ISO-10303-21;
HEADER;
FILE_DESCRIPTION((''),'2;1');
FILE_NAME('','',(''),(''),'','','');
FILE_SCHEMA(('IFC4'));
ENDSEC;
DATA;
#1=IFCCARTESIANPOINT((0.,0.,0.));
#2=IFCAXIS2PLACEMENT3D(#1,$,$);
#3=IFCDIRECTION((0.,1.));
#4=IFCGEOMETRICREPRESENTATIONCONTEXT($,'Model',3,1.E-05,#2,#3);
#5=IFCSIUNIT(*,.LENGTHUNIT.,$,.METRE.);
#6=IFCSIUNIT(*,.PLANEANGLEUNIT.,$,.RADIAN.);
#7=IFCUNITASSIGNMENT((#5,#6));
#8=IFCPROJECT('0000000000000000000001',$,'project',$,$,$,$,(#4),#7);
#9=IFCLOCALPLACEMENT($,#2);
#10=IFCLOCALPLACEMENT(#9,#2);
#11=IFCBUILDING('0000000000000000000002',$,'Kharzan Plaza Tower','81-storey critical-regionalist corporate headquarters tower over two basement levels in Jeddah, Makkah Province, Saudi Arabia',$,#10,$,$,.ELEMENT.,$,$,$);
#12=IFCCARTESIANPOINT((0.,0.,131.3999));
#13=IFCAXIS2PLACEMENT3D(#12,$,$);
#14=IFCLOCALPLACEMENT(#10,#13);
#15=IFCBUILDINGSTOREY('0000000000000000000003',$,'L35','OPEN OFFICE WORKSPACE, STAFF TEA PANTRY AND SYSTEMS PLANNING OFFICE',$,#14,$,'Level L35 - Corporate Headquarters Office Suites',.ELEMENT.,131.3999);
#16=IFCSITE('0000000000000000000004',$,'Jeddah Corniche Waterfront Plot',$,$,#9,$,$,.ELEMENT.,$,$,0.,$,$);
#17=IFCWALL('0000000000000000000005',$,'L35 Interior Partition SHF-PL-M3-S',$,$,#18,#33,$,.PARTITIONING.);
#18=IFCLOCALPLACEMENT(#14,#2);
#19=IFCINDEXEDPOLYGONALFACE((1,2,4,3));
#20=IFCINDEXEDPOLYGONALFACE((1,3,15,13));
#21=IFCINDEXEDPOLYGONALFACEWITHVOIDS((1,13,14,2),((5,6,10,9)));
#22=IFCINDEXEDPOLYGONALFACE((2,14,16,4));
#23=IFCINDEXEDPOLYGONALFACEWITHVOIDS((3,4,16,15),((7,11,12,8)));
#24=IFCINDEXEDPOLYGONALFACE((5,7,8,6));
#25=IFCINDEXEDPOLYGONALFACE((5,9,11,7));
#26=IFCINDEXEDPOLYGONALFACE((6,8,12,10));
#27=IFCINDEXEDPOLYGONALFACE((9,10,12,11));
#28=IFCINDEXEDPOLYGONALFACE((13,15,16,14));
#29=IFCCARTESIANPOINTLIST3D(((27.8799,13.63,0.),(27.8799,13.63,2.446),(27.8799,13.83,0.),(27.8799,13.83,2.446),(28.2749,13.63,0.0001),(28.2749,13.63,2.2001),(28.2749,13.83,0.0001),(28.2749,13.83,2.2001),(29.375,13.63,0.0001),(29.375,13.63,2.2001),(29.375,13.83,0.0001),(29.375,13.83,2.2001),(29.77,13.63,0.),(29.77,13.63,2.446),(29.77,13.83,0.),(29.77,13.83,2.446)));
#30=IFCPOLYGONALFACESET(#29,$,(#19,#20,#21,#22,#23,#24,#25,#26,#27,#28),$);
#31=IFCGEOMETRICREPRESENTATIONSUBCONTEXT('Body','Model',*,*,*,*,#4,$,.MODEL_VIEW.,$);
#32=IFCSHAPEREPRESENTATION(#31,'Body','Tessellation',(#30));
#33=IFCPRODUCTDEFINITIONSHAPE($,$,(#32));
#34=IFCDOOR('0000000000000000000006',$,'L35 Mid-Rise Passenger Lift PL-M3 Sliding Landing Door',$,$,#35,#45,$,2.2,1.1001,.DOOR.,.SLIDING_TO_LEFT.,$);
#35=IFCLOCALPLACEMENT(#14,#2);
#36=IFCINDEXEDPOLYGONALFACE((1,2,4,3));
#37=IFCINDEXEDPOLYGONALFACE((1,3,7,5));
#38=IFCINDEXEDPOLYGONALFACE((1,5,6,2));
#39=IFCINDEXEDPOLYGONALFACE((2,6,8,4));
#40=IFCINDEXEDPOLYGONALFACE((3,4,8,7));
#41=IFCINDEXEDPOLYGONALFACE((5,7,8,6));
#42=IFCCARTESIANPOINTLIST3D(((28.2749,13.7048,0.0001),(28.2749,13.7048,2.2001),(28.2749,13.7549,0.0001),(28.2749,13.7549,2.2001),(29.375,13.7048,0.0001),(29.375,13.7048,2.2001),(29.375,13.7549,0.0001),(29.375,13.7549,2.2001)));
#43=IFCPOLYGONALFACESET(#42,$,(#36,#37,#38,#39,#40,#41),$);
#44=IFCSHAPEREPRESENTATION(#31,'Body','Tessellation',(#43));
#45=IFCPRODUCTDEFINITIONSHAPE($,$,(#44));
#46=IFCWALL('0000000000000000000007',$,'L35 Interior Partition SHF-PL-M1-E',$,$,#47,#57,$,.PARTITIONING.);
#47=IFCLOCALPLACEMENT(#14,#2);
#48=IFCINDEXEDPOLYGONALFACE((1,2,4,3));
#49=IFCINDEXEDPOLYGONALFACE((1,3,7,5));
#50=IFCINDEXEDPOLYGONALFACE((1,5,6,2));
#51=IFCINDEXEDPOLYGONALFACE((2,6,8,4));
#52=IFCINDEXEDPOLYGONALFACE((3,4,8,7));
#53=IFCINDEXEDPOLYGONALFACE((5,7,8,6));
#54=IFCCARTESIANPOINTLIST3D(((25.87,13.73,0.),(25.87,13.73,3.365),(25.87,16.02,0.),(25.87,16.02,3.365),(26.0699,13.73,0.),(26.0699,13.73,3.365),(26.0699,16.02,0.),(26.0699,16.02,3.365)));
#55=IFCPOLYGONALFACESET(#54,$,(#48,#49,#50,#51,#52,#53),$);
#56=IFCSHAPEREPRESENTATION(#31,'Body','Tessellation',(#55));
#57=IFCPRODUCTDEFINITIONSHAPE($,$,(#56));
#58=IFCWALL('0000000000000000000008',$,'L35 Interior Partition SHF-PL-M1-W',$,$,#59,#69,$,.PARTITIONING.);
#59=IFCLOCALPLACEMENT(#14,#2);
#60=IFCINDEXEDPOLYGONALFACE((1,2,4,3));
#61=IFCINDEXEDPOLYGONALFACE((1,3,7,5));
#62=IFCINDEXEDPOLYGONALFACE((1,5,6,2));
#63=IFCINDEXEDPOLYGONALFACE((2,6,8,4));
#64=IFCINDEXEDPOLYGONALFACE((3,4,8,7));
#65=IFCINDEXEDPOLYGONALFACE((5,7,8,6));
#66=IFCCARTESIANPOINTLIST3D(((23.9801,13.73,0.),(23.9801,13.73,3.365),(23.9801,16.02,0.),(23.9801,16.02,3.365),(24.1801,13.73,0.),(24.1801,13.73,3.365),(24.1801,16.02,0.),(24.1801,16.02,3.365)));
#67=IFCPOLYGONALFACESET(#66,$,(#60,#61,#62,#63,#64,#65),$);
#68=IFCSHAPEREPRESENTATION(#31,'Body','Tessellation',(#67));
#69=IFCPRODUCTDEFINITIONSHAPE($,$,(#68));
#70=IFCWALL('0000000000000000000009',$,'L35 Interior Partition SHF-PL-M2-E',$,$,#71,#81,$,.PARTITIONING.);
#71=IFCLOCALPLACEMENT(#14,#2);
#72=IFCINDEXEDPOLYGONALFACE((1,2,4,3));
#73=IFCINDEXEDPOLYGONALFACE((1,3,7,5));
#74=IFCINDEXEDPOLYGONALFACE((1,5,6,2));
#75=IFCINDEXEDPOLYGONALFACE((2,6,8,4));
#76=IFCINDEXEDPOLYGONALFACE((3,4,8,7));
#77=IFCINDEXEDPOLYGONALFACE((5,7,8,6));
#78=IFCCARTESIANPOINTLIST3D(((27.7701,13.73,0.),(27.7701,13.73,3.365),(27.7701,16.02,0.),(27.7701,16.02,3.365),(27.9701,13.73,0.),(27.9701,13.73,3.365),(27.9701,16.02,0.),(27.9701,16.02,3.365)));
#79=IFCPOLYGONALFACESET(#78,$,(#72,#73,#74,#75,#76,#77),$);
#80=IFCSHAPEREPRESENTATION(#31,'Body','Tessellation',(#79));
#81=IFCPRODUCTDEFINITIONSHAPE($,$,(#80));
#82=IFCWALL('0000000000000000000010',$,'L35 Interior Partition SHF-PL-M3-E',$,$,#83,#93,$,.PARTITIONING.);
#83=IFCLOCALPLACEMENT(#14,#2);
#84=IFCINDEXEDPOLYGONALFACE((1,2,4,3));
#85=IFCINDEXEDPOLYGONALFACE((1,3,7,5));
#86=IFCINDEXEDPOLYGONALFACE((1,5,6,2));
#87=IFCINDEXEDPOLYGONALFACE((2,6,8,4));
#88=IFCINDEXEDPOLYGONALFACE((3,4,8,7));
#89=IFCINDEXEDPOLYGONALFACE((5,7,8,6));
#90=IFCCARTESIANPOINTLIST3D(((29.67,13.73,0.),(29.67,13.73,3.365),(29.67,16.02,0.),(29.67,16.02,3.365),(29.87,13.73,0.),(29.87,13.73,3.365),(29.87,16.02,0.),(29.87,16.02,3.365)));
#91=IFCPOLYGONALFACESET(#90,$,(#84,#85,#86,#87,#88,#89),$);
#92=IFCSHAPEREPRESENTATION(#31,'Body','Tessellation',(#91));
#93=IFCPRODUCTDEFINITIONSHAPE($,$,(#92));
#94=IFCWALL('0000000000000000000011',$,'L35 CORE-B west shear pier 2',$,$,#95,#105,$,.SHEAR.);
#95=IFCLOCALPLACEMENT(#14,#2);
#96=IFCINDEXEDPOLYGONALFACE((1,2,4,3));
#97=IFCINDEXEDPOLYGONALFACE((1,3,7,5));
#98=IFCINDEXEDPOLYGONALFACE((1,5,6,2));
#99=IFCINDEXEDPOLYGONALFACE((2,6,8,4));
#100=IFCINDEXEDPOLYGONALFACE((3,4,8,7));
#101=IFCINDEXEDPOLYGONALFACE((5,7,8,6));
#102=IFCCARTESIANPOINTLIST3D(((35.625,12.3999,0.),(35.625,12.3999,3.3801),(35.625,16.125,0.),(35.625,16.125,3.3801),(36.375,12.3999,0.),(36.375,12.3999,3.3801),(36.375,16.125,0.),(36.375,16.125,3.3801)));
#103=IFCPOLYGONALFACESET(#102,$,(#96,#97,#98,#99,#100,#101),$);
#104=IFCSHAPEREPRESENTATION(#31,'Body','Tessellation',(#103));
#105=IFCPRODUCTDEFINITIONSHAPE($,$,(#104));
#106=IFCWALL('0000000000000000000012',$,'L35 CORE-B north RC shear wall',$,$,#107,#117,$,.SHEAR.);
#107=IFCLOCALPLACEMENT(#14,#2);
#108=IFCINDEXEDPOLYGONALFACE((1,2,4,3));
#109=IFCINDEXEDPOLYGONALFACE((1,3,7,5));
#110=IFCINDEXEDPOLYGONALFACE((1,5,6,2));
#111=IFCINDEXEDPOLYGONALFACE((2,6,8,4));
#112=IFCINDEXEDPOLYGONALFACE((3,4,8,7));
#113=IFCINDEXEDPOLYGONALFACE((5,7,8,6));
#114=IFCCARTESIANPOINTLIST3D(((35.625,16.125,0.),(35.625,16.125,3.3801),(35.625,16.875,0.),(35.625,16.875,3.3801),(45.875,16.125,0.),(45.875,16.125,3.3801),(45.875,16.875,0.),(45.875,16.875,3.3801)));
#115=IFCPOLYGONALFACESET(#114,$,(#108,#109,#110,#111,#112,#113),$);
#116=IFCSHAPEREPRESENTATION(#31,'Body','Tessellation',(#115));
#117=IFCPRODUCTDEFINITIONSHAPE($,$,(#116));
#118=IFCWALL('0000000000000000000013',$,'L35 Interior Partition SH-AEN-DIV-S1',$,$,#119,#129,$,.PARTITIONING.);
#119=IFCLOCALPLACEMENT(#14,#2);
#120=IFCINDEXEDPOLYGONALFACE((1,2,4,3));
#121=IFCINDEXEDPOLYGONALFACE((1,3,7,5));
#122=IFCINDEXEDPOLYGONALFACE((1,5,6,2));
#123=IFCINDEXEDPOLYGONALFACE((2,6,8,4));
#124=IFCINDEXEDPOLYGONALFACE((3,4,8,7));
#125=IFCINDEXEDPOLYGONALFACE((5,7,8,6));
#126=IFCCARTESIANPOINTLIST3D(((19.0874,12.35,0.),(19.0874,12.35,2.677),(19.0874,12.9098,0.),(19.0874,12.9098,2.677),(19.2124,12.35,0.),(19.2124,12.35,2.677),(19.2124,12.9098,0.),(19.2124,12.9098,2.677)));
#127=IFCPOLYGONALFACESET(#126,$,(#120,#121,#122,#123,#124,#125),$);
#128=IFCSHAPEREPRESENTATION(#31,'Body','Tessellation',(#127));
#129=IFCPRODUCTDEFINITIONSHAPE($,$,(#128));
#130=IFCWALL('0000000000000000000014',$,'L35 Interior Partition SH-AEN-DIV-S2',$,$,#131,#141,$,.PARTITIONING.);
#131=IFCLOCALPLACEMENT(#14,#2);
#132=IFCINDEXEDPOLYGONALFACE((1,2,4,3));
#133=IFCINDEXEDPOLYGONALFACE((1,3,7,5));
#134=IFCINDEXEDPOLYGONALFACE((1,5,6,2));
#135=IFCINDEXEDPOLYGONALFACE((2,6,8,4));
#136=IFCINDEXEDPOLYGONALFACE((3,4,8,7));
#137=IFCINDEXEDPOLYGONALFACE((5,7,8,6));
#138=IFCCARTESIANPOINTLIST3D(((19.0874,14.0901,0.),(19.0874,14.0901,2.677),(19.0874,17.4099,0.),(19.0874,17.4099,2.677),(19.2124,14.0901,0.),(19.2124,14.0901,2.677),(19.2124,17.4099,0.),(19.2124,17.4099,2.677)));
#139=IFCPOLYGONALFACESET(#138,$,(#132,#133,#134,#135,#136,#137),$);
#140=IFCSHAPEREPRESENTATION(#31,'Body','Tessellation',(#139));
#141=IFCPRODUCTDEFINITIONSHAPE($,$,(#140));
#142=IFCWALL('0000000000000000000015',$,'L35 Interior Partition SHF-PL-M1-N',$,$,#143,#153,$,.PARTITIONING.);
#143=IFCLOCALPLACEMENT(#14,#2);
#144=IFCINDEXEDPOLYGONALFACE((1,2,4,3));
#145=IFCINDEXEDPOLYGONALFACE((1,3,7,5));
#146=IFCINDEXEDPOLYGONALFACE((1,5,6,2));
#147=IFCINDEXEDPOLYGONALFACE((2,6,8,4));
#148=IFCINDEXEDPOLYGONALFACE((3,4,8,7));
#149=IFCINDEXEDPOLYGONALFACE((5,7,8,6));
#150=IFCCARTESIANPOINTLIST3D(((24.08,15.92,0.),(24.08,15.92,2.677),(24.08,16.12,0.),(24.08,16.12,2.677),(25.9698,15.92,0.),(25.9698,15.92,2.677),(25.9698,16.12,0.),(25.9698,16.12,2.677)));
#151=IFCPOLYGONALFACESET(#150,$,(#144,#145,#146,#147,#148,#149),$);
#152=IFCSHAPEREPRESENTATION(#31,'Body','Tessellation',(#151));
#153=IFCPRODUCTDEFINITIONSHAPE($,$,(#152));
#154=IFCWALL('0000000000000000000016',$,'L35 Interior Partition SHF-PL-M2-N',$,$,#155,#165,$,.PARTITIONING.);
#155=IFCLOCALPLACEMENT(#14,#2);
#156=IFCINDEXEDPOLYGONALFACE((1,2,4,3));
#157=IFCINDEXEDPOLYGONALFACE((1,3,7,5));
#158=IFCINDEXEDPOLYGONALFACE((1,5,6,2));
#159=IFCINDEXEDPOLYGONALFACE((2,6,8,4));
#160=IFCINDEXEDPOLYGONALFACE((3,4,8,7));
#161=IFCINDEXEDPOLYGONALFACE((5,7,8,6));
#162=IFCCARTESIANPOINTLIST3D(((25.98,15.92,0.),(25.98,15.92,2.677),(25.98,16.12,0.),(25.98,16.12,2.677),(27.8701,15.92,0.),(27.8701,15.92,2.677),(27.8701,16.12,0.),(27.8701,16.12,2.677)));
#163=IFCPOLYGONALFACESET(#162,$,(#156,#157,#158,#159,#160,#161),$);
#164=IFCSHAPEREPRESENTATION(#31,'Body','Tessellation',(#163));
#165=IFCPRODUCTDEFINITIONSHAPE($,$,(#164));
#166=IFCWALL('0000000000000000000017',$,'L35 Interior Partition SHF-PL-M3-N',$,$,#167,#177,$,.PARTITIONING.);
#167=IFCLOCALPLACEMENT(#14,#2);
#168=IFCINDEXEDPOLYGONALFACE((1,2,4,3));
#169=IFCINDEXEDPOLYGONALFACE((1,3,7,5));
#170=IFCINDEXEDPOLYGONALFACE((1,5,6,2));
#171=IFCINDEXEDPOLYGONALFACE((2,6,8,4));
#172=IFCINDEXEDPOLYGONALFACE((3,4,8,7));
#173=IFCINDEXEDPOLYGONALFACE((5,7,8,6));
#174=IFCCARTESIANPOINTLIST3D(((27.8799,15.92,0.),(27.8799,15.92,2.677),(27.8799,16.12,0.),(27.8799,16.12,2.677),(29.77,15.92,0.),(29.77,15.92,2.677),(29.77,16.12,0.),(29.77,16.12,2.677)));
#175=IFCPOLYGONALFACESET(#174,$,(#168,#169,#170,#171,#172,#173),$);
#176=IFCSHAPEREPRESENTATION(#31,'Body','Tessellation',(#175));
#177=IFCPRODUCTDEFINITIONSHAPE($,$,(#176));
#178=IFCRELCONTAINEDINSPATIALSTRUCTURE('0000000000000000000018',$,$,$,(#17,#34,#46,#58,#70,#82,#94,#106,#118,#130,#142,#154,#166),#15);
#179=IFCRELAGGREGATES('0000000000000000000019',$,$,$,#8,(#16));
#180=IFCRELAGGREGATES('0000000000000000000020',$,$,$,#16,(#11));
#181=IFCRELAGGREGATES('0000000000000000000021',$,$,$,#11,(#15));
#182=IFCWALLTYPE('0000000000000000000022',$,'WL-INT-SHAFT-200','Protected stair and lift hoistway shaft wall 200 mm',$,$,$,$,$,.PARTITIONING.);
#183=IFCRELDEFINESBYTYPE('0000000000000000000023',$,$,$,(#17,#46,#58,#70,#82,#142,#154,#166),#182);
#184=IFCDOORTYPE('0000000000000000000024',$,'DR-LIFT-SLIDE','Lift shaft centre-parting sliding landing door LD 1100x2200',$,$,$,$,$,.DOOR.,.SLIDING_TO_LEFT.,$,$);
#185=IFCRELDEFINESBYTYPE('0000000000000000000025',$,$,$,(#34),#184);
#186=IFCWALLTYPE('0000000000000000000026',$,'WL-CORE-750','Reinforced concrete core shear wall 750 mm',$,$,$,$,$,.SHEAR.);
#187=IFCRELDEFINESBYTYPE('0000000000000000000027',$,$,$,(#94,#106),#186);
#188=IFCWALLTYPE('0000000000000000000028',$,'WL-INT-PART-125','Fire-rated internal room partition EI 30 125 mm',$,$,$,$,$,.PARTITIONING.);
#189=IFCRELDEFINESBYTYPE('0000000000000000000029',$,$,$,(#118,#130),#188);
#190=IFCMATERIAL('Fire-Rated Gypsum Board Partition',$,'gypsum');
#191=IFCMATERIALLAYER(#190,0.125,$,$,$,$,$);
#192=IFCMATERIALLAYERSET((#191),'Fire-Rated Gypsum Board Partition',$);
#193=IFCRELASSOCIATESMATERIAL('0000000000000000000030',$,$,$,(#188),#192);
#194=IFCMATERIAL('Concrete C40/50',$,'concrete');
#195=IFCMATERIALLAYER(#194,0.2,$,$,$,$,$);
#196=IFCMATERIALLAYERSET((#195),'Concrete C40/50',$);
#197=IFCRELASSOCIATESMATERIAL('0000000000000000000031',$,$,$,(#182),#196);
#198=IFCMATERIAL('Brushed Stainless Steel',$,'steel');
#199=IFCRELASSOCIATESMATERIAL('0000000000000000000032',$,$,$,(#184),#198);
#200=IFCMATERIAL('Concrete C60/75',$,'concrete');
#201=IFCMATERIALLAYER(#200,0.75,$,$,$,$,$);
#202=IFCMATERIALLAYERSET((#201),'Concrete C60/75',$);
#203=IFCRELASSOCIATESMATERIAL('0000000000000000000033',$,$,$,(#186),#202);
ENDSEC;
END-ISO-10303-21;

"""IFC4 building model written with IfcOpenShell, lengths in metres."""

from ifc_helpers import new_model, si_unit, direction, frame, frame_2d, origin, place, context, subcontext, project, spatial, rectangle, extrude, source, transform, mapped, material, layer, layer_set, type_object, element, fill, save


model = new_model("IFC4")

# Units and contexts
model_context = context("Model", 3, precision=1e-05, world=origin(), true_north=direction((0.0, 1.0)))
body_context = subcontext(model_context, "Body", "Model", "MODEL_VIEW")
ifc_project = project(units=[si_unit("LENGTHUNIT", "METRE"), si_unit("PLANEANGLEUNIT", "RADIAN")], contexts=[model_context])

# Site, building, storey
site_placement = place(None, origin())
site = spatial("IfcSite", under=ifc_project, at=site_placement, Name="Jeddah Corniche Waterfront Plot", CompositionType="ELEMENT", RefElevation=0.0)
building_placement = place(site_placement, origin())
building = spatial("IfcBuilding", under=site, at=building_placement, Name="Kharzan Plaza Tower", Description="81-storey critical-regionalist corporate headquarters tower over two basement levels in Jeddah, Makkah Province, Saudi Arabia", CompositionType="ELEMENT")
storey_placement = place(building_placement, frame((0.0, 0.0, 131.3999)))
storey = spatial("IfcBuildingStorey", under=building, at=storey_placement, Name="L35", Description="OPEN OFFICE WORKSPACE, STAFF TEA PANTRY AND SYSTEMS PLANNING OFFICE", LongName="Level L35 - Corporate Headquarters Office Suites", CompositionType="ELEMENT", Elevation=131.3999)

# Shared definitions
ifc_material_1 = material(Name="Concrete C60/75", Category="concrete")

# Wall, opening, door
ifc_material_2 = material(Name="Fire-Rated Gypsum Board Partition", Category="gypsum")
ifc_layer_1 = layer(ifc_material_2, 0.125)
ifc_layer_set_1 = layer_set([ifc_layer_1], Name="Fire-Rated Gypsum Board Partition")
wall_type_1 = type_object("IfcWallType", Name="WL-INT-PART-125", Description="Fire-rated internal room partition EI 30 125 mm", PredefinedType="PARTITIONING", material=ifc_layer_set_1)
ifc_material_3 = material(Name="Concrete C40/50", Category="concrete")
ifc_layer_2 = layer(ifc_material_3, 0.2)
ifc_layer_set_2 = layer_set([ifc_layer_2], Name="Concrete C40/50")
wall_type_2 = type_object("IfcWallType", Name="WL-INT-SHAFT-200", Description="Protected stair and lift hoistway shaft wall 200 mm", PredefinedType="PARTITIONING", material=ifc_layer_set_2)
ifc_material_4 = material(Name="Brushed Stainless Steel", Category="steel")
door_type_1 = type_object("IfcDoorType", Name="DR-LIFT-SLIDE", Description="Lift shaft centre-parting sliding landing door LD 1100x2200", OperationType="SLIDING_TO_LEFT", PredefinedType="DOOR", material=ifc_material_4)
shared_shape_1 = source(origin(), body_context, "Body", "SweptSolid", [
    extrude(rectangle(XDim=1.1001, YDim=2.2, at=frame_2d((0.55, 1.1001))), frame((0.0, 0.0249, 0.0), z_axis=(0.0, -1.0, 0.0), x_axis=(1.0, 0.0, 0.0)), (0.0, 0.0, 1.0), 0.05),
])
wall_1_placement = place(storey_placement, frame((27.8799, 13.73, 0.0), z_axis=(0.0, 0.0, 1.0), x_axis=(1.0, 0.0, 0.0)))
wall_1 = element("IfcWall", 1, at=wall_1_placement, inside=storey, type_object=wall_type_2, Name="L35 Interior Partition SHF-PL-M3-S", PredefinedType="PARTITIONING", context=body_context, shape_type="SweptSolid", body=[
    extrude(rectangle(XDim=1.8901, YDim=0.2, at=frame_2d((0.9451, 0.0))), origin(), (0.0, 0.0, 1.0), 2.446),
])
opening_1_placement = place(wall_1_placement, frame((0.395, 0.0, 0.0)))
opening_1 = element("IfcOpeningElement", 2, at=opening_1_placement, cuts=wall_1, PredefinedType="OPENING", context=body_context, shape_type="SweptSolid", body=[
    extrude(rectangle(XDim=1.1001, YDim=2.2, at=frame_2d((0.55, 1.1001))), frame((0.0, 0.1099, 0.0), z_axis=(0.0, -1.0, 0.0), x_axis=(1.0, 0.0, 0.0)), (0.0, 0.0, 1.0), 0.22),
])
door_1_placement = place(opening_1_placement, origin())
door_1 = element("IfcDoor", 3, at=door_1_placement, inside=storey, type_object=door_type_1, Name="L35 Mid-Rise Passenger Lift PL-M3 Sliding Landing Door", OperationType="SLIDING_TO_LEFT", OverallHeight=2.2, OverallWidth=1.1001, PredefinedType="DOOR", context=body_context, shape_type="MappedRepresentation", body=[
    mapped(shared_shape_1, transform((0.0, 0.0, 0.0), x_axis=(1.0, 0.0, 0.0), y_axis=(0.0, 1.0, 0.0), z_axis=(0.0, 0.0, 1.0))),
])
fill(opening_1, door_1)

# Walls
shared_shape_2 = source(origin(), body_context, "Body", "SweptSolid", [
    extrude(rectangle(XDim=2.29, YDim=0.2, at=frame_2d((1.145, 0.0))), origin(), (0.0, 0.0, 1.0), 3.365),
])
for number, where, z_axis, x_axis, name in (
    (4, (25.97, 13.73, 0.0), (0.0, 0.0, 1.0), (0.0, 1.0, 0.0), "L35 Interior Partition SHF-PL-M1-E"),
    (5, (24.0801, 13.73, 0.0), (0.0, 0.0, 1.0), (0.0, 1.0, 0.0), "L35 Interior Partition SHF-PL-M1-W"),
    (6, (27.8701, 13.73, 0.0), (0.0, 0.0, 1.0), (0.0, 1.0, 0.0), "L35 Interior Partition SHF-PL-M2-E"),
    (7, (29.77, 13.73, 0.0), (0.0, 0.0, 1.0), (0.0, 1.0, 0.0), "L35 Interior Partition SHF-PL-M3-E"),
):
    element("IfcWall", number, at=place(storey_placement, frame(where, z_axis=z_axis, x_axis=x_axis)), inside=storey, type_object=wall_type_2, Name=name, PredefinedType="PARTITIONING", context=body_context, shape_type="MappedRepresentation", body=[
        mapped(shared_shape_2, transform((0.0, 0.0, 0.0), x_axis=(1.0, 0.0, 0.0), y_axis=(0.0, 1.0, 0.0), z_axis=(0.0, 0.0, 1.0))),
    ])
ifc_layer_3 = layer(ifc_material_1, 0.75)
ifc_layer_set_3 = layer_set([ifc_layer_3], Name="Concrete C60/75")
wall_type_3 = type_object("IfcWallType", Name="WL-CORE-750", Description="Reinforced concrete core shear wall 750 mm", PredefinedType="SHEAR", material=ifc_layer_set_3)
shared_shape_3 = source(origin(), body_context, "Body", "SweptSolid", [
    extrude(rectangle(XDim=3.7251, YDim=0.75, at=frame_2d((1.8625, 0.0))), origin(), (0.0, 0.0, 1.0), 3.3801),
])
wall_2_placement = place(storey_placement, frame((36.0, 12.3999, 0.0), z_axis=(0.0, 0.0, 1.0), x_axis=(0.0, 1.0, 0.0)))
element("IfcWall", 8, at=wall_2_placement, inside=storey, type_object=wall_type_3, Name="L35 CORE-B west shear pier 2", PredefinedType="SHEAR", context=body_context, shape_type="MappedRepresentation", body=[
    mapped(shared_shape_3, transform((0.0, 0.0, 0.0), x_axis=(1.0, 0.0, 0.0), y_axis=(0.0, 1.0, 0.0), z_axis=(0.0, 0.0, 1.0))),
])
shared_shape_4 = source(origin(), body_context, "Body", "SweptSolid", [
    extrude(rectangle(XDim=10.25, YDim=0.75, at=frame_2d((5.125, 0.0))), origin(), (0.0, 0.0, 1.0), 3.3801),
])
wall_3_placement = place(storey_placement, frame((35.625, 16.5, 0.0), z_axis=(0.0, 0.0, 1.0), x_axis=(1.0, 0.0, 0.0)))
element("IfcWall", 9, at=wall_3_placement, inside=storey, type_object=wall_type_3, Name="L35 CORE-B north RC shear wall", PredefinedType="SHEAR", context=body_context, shape_type="MappedRepresentation", body=[
    mapped(shared_shape_4, transform((0.0, 0.0, 0.0), x_axis=(1.0, 0.0, 0.0), y_axis=(0.0, 1.0, 0.0), z_axis=(0.0, 0.0, 1.0))),
])
shared_shape_5 = source(origin(), body_context, "Body", "SweptSolid", [
    extrude(rectangle(XDim=0.5598, YDim=0.125, at=frame_2d((0.2798, 0.0))), origin(), (0.0, 0.0, 1.0), 2.677),
])
wall_4_placement = place(storey_placement, frame((19.1499, 12.3501, 0.0), z_axis=(0.0, 0.0, 1.0), x_axis=(0.0, 1.0, 0.0)))
element("IfcWall", 10, at=wall_4_placement, inside=storey, type_object=wall_type_1, Name="L35 Interior Partition SH-AEN-DIV-S1", PredefinedType="PARTITIONING", context=body_context, shape_type="MappedRepresentation", body=[
    mapped(shared_shape_5, transform((0.0, 0.0, 0.0), x_axis=(1.0, 0.0, 0.0), y_axis=(0.0, 1.0, 0.0), z_axis=(0.0, 0.0, 1.0))),
])
shared_shape_6 = source(origin(), body_context, "Body", "SweptSolid", [
    extrude(rectangle(XDim=3.3198, YDim=0.125, at=frame_2d((1.6599, 0.0))), origin(), (0.0, 0.0, 1.0), 2.677),
])
wall_5_placement = place(storey_placement, frame((19.1499, 14.0901, 0.0), z_axis=(0.0, 0.0, 1.0), x_axis=(0.0, 1.0, 0.0)))
element("IfcWall", 11, at=wall_5_placement, inside=storey, type_object=wall_type_1, Name="L35 Interior Partition SH-AEN-DIV-S2", PredefinedType="PARTITIONING", context=body_context, shape_type="MappedRepresentation", body=[
    mapped(shared_shape_6, transform((0.0, 0.0, 0.0), x_axis=(1.0, 0.0, 0.0), y_axis=(0.0, 1.0, 0.0), z_axis=(0.0, 0.0, 1.0))),
])
shared_shape_7 = source(origin(), body_context, "Body", "SweptSolid", [
    extrude(rectangle(XDim=1.8899, YDim=0.2, at=frame_2d((0.9448, 0.0))), origin(), (0.0, 0.0, 1.0), 2.677),
])
wall_6_placement = place(storey_placement, frame((24.0801, 16.02, 0.0), z_axis=(0.0, 0.0, 1.0), x_axis=(1.0, 0.0, 0.0)))
element("IfcWall", 12, at=wall_6_placement, inside=storey, type_object=wall_type_2, Name="L35 Interior Partition SHF-PL-M1-N", PredefinedType="PARTITIONING", context=body_context, shape_type="MappedRepresentation", body=[
    mapped(shared_shape_7, transform((0.0, 0.0, 0.0), x_axis=(1.0, 0.0, 0.0), y_axis=(0.0, 1.0, 0.0), z_axis=(0.0, 0.0, 1.0))),
])
shared_shape_8 = source(origin(), body_context, "Body", "SweptSolid", [
    extrude(rectangle(XDim=1.8901, YDim=0.2, at=frame_2d((0.9451, 0.0))), origin(), (0.0, 0.0, 1.0), 2.677),
])
for number, where, z_axis, x_axis, name in (
    (13, (25.98, 16.02, 0.0), (0.0, 0.0, 1.0), (1.0, 0.0, 0.0), "L35 Interior Partition SHF-PL-M2-N"),
    (14, (27.8799, 16.02, 0.0), (0.0, 0.0, 1.0), (1.0, 0.0, 0.0), "L35 Interior Partition SHF-PL-M3-N"),
):
    element("IfcWall", number, at=place(storey_placement, frame(where, z_axis=z_axis, x_axis=x_axis)), inside=storey, type_object=wall_type_2, Name=name, PredefinedType="PARTITIONING", context=body_context, shape_type="MappedRepresentation", body=[
        mapped(shared_shape_8, transform((0.0, 0.0, 0.0), x_axis=(1.0, 0.0, 0.0), y_axis=(0.0, 1.0, 0.0), z_axis=(0.0, 0.0, 1.0))),
    ])

save(model, "model.ifc")
